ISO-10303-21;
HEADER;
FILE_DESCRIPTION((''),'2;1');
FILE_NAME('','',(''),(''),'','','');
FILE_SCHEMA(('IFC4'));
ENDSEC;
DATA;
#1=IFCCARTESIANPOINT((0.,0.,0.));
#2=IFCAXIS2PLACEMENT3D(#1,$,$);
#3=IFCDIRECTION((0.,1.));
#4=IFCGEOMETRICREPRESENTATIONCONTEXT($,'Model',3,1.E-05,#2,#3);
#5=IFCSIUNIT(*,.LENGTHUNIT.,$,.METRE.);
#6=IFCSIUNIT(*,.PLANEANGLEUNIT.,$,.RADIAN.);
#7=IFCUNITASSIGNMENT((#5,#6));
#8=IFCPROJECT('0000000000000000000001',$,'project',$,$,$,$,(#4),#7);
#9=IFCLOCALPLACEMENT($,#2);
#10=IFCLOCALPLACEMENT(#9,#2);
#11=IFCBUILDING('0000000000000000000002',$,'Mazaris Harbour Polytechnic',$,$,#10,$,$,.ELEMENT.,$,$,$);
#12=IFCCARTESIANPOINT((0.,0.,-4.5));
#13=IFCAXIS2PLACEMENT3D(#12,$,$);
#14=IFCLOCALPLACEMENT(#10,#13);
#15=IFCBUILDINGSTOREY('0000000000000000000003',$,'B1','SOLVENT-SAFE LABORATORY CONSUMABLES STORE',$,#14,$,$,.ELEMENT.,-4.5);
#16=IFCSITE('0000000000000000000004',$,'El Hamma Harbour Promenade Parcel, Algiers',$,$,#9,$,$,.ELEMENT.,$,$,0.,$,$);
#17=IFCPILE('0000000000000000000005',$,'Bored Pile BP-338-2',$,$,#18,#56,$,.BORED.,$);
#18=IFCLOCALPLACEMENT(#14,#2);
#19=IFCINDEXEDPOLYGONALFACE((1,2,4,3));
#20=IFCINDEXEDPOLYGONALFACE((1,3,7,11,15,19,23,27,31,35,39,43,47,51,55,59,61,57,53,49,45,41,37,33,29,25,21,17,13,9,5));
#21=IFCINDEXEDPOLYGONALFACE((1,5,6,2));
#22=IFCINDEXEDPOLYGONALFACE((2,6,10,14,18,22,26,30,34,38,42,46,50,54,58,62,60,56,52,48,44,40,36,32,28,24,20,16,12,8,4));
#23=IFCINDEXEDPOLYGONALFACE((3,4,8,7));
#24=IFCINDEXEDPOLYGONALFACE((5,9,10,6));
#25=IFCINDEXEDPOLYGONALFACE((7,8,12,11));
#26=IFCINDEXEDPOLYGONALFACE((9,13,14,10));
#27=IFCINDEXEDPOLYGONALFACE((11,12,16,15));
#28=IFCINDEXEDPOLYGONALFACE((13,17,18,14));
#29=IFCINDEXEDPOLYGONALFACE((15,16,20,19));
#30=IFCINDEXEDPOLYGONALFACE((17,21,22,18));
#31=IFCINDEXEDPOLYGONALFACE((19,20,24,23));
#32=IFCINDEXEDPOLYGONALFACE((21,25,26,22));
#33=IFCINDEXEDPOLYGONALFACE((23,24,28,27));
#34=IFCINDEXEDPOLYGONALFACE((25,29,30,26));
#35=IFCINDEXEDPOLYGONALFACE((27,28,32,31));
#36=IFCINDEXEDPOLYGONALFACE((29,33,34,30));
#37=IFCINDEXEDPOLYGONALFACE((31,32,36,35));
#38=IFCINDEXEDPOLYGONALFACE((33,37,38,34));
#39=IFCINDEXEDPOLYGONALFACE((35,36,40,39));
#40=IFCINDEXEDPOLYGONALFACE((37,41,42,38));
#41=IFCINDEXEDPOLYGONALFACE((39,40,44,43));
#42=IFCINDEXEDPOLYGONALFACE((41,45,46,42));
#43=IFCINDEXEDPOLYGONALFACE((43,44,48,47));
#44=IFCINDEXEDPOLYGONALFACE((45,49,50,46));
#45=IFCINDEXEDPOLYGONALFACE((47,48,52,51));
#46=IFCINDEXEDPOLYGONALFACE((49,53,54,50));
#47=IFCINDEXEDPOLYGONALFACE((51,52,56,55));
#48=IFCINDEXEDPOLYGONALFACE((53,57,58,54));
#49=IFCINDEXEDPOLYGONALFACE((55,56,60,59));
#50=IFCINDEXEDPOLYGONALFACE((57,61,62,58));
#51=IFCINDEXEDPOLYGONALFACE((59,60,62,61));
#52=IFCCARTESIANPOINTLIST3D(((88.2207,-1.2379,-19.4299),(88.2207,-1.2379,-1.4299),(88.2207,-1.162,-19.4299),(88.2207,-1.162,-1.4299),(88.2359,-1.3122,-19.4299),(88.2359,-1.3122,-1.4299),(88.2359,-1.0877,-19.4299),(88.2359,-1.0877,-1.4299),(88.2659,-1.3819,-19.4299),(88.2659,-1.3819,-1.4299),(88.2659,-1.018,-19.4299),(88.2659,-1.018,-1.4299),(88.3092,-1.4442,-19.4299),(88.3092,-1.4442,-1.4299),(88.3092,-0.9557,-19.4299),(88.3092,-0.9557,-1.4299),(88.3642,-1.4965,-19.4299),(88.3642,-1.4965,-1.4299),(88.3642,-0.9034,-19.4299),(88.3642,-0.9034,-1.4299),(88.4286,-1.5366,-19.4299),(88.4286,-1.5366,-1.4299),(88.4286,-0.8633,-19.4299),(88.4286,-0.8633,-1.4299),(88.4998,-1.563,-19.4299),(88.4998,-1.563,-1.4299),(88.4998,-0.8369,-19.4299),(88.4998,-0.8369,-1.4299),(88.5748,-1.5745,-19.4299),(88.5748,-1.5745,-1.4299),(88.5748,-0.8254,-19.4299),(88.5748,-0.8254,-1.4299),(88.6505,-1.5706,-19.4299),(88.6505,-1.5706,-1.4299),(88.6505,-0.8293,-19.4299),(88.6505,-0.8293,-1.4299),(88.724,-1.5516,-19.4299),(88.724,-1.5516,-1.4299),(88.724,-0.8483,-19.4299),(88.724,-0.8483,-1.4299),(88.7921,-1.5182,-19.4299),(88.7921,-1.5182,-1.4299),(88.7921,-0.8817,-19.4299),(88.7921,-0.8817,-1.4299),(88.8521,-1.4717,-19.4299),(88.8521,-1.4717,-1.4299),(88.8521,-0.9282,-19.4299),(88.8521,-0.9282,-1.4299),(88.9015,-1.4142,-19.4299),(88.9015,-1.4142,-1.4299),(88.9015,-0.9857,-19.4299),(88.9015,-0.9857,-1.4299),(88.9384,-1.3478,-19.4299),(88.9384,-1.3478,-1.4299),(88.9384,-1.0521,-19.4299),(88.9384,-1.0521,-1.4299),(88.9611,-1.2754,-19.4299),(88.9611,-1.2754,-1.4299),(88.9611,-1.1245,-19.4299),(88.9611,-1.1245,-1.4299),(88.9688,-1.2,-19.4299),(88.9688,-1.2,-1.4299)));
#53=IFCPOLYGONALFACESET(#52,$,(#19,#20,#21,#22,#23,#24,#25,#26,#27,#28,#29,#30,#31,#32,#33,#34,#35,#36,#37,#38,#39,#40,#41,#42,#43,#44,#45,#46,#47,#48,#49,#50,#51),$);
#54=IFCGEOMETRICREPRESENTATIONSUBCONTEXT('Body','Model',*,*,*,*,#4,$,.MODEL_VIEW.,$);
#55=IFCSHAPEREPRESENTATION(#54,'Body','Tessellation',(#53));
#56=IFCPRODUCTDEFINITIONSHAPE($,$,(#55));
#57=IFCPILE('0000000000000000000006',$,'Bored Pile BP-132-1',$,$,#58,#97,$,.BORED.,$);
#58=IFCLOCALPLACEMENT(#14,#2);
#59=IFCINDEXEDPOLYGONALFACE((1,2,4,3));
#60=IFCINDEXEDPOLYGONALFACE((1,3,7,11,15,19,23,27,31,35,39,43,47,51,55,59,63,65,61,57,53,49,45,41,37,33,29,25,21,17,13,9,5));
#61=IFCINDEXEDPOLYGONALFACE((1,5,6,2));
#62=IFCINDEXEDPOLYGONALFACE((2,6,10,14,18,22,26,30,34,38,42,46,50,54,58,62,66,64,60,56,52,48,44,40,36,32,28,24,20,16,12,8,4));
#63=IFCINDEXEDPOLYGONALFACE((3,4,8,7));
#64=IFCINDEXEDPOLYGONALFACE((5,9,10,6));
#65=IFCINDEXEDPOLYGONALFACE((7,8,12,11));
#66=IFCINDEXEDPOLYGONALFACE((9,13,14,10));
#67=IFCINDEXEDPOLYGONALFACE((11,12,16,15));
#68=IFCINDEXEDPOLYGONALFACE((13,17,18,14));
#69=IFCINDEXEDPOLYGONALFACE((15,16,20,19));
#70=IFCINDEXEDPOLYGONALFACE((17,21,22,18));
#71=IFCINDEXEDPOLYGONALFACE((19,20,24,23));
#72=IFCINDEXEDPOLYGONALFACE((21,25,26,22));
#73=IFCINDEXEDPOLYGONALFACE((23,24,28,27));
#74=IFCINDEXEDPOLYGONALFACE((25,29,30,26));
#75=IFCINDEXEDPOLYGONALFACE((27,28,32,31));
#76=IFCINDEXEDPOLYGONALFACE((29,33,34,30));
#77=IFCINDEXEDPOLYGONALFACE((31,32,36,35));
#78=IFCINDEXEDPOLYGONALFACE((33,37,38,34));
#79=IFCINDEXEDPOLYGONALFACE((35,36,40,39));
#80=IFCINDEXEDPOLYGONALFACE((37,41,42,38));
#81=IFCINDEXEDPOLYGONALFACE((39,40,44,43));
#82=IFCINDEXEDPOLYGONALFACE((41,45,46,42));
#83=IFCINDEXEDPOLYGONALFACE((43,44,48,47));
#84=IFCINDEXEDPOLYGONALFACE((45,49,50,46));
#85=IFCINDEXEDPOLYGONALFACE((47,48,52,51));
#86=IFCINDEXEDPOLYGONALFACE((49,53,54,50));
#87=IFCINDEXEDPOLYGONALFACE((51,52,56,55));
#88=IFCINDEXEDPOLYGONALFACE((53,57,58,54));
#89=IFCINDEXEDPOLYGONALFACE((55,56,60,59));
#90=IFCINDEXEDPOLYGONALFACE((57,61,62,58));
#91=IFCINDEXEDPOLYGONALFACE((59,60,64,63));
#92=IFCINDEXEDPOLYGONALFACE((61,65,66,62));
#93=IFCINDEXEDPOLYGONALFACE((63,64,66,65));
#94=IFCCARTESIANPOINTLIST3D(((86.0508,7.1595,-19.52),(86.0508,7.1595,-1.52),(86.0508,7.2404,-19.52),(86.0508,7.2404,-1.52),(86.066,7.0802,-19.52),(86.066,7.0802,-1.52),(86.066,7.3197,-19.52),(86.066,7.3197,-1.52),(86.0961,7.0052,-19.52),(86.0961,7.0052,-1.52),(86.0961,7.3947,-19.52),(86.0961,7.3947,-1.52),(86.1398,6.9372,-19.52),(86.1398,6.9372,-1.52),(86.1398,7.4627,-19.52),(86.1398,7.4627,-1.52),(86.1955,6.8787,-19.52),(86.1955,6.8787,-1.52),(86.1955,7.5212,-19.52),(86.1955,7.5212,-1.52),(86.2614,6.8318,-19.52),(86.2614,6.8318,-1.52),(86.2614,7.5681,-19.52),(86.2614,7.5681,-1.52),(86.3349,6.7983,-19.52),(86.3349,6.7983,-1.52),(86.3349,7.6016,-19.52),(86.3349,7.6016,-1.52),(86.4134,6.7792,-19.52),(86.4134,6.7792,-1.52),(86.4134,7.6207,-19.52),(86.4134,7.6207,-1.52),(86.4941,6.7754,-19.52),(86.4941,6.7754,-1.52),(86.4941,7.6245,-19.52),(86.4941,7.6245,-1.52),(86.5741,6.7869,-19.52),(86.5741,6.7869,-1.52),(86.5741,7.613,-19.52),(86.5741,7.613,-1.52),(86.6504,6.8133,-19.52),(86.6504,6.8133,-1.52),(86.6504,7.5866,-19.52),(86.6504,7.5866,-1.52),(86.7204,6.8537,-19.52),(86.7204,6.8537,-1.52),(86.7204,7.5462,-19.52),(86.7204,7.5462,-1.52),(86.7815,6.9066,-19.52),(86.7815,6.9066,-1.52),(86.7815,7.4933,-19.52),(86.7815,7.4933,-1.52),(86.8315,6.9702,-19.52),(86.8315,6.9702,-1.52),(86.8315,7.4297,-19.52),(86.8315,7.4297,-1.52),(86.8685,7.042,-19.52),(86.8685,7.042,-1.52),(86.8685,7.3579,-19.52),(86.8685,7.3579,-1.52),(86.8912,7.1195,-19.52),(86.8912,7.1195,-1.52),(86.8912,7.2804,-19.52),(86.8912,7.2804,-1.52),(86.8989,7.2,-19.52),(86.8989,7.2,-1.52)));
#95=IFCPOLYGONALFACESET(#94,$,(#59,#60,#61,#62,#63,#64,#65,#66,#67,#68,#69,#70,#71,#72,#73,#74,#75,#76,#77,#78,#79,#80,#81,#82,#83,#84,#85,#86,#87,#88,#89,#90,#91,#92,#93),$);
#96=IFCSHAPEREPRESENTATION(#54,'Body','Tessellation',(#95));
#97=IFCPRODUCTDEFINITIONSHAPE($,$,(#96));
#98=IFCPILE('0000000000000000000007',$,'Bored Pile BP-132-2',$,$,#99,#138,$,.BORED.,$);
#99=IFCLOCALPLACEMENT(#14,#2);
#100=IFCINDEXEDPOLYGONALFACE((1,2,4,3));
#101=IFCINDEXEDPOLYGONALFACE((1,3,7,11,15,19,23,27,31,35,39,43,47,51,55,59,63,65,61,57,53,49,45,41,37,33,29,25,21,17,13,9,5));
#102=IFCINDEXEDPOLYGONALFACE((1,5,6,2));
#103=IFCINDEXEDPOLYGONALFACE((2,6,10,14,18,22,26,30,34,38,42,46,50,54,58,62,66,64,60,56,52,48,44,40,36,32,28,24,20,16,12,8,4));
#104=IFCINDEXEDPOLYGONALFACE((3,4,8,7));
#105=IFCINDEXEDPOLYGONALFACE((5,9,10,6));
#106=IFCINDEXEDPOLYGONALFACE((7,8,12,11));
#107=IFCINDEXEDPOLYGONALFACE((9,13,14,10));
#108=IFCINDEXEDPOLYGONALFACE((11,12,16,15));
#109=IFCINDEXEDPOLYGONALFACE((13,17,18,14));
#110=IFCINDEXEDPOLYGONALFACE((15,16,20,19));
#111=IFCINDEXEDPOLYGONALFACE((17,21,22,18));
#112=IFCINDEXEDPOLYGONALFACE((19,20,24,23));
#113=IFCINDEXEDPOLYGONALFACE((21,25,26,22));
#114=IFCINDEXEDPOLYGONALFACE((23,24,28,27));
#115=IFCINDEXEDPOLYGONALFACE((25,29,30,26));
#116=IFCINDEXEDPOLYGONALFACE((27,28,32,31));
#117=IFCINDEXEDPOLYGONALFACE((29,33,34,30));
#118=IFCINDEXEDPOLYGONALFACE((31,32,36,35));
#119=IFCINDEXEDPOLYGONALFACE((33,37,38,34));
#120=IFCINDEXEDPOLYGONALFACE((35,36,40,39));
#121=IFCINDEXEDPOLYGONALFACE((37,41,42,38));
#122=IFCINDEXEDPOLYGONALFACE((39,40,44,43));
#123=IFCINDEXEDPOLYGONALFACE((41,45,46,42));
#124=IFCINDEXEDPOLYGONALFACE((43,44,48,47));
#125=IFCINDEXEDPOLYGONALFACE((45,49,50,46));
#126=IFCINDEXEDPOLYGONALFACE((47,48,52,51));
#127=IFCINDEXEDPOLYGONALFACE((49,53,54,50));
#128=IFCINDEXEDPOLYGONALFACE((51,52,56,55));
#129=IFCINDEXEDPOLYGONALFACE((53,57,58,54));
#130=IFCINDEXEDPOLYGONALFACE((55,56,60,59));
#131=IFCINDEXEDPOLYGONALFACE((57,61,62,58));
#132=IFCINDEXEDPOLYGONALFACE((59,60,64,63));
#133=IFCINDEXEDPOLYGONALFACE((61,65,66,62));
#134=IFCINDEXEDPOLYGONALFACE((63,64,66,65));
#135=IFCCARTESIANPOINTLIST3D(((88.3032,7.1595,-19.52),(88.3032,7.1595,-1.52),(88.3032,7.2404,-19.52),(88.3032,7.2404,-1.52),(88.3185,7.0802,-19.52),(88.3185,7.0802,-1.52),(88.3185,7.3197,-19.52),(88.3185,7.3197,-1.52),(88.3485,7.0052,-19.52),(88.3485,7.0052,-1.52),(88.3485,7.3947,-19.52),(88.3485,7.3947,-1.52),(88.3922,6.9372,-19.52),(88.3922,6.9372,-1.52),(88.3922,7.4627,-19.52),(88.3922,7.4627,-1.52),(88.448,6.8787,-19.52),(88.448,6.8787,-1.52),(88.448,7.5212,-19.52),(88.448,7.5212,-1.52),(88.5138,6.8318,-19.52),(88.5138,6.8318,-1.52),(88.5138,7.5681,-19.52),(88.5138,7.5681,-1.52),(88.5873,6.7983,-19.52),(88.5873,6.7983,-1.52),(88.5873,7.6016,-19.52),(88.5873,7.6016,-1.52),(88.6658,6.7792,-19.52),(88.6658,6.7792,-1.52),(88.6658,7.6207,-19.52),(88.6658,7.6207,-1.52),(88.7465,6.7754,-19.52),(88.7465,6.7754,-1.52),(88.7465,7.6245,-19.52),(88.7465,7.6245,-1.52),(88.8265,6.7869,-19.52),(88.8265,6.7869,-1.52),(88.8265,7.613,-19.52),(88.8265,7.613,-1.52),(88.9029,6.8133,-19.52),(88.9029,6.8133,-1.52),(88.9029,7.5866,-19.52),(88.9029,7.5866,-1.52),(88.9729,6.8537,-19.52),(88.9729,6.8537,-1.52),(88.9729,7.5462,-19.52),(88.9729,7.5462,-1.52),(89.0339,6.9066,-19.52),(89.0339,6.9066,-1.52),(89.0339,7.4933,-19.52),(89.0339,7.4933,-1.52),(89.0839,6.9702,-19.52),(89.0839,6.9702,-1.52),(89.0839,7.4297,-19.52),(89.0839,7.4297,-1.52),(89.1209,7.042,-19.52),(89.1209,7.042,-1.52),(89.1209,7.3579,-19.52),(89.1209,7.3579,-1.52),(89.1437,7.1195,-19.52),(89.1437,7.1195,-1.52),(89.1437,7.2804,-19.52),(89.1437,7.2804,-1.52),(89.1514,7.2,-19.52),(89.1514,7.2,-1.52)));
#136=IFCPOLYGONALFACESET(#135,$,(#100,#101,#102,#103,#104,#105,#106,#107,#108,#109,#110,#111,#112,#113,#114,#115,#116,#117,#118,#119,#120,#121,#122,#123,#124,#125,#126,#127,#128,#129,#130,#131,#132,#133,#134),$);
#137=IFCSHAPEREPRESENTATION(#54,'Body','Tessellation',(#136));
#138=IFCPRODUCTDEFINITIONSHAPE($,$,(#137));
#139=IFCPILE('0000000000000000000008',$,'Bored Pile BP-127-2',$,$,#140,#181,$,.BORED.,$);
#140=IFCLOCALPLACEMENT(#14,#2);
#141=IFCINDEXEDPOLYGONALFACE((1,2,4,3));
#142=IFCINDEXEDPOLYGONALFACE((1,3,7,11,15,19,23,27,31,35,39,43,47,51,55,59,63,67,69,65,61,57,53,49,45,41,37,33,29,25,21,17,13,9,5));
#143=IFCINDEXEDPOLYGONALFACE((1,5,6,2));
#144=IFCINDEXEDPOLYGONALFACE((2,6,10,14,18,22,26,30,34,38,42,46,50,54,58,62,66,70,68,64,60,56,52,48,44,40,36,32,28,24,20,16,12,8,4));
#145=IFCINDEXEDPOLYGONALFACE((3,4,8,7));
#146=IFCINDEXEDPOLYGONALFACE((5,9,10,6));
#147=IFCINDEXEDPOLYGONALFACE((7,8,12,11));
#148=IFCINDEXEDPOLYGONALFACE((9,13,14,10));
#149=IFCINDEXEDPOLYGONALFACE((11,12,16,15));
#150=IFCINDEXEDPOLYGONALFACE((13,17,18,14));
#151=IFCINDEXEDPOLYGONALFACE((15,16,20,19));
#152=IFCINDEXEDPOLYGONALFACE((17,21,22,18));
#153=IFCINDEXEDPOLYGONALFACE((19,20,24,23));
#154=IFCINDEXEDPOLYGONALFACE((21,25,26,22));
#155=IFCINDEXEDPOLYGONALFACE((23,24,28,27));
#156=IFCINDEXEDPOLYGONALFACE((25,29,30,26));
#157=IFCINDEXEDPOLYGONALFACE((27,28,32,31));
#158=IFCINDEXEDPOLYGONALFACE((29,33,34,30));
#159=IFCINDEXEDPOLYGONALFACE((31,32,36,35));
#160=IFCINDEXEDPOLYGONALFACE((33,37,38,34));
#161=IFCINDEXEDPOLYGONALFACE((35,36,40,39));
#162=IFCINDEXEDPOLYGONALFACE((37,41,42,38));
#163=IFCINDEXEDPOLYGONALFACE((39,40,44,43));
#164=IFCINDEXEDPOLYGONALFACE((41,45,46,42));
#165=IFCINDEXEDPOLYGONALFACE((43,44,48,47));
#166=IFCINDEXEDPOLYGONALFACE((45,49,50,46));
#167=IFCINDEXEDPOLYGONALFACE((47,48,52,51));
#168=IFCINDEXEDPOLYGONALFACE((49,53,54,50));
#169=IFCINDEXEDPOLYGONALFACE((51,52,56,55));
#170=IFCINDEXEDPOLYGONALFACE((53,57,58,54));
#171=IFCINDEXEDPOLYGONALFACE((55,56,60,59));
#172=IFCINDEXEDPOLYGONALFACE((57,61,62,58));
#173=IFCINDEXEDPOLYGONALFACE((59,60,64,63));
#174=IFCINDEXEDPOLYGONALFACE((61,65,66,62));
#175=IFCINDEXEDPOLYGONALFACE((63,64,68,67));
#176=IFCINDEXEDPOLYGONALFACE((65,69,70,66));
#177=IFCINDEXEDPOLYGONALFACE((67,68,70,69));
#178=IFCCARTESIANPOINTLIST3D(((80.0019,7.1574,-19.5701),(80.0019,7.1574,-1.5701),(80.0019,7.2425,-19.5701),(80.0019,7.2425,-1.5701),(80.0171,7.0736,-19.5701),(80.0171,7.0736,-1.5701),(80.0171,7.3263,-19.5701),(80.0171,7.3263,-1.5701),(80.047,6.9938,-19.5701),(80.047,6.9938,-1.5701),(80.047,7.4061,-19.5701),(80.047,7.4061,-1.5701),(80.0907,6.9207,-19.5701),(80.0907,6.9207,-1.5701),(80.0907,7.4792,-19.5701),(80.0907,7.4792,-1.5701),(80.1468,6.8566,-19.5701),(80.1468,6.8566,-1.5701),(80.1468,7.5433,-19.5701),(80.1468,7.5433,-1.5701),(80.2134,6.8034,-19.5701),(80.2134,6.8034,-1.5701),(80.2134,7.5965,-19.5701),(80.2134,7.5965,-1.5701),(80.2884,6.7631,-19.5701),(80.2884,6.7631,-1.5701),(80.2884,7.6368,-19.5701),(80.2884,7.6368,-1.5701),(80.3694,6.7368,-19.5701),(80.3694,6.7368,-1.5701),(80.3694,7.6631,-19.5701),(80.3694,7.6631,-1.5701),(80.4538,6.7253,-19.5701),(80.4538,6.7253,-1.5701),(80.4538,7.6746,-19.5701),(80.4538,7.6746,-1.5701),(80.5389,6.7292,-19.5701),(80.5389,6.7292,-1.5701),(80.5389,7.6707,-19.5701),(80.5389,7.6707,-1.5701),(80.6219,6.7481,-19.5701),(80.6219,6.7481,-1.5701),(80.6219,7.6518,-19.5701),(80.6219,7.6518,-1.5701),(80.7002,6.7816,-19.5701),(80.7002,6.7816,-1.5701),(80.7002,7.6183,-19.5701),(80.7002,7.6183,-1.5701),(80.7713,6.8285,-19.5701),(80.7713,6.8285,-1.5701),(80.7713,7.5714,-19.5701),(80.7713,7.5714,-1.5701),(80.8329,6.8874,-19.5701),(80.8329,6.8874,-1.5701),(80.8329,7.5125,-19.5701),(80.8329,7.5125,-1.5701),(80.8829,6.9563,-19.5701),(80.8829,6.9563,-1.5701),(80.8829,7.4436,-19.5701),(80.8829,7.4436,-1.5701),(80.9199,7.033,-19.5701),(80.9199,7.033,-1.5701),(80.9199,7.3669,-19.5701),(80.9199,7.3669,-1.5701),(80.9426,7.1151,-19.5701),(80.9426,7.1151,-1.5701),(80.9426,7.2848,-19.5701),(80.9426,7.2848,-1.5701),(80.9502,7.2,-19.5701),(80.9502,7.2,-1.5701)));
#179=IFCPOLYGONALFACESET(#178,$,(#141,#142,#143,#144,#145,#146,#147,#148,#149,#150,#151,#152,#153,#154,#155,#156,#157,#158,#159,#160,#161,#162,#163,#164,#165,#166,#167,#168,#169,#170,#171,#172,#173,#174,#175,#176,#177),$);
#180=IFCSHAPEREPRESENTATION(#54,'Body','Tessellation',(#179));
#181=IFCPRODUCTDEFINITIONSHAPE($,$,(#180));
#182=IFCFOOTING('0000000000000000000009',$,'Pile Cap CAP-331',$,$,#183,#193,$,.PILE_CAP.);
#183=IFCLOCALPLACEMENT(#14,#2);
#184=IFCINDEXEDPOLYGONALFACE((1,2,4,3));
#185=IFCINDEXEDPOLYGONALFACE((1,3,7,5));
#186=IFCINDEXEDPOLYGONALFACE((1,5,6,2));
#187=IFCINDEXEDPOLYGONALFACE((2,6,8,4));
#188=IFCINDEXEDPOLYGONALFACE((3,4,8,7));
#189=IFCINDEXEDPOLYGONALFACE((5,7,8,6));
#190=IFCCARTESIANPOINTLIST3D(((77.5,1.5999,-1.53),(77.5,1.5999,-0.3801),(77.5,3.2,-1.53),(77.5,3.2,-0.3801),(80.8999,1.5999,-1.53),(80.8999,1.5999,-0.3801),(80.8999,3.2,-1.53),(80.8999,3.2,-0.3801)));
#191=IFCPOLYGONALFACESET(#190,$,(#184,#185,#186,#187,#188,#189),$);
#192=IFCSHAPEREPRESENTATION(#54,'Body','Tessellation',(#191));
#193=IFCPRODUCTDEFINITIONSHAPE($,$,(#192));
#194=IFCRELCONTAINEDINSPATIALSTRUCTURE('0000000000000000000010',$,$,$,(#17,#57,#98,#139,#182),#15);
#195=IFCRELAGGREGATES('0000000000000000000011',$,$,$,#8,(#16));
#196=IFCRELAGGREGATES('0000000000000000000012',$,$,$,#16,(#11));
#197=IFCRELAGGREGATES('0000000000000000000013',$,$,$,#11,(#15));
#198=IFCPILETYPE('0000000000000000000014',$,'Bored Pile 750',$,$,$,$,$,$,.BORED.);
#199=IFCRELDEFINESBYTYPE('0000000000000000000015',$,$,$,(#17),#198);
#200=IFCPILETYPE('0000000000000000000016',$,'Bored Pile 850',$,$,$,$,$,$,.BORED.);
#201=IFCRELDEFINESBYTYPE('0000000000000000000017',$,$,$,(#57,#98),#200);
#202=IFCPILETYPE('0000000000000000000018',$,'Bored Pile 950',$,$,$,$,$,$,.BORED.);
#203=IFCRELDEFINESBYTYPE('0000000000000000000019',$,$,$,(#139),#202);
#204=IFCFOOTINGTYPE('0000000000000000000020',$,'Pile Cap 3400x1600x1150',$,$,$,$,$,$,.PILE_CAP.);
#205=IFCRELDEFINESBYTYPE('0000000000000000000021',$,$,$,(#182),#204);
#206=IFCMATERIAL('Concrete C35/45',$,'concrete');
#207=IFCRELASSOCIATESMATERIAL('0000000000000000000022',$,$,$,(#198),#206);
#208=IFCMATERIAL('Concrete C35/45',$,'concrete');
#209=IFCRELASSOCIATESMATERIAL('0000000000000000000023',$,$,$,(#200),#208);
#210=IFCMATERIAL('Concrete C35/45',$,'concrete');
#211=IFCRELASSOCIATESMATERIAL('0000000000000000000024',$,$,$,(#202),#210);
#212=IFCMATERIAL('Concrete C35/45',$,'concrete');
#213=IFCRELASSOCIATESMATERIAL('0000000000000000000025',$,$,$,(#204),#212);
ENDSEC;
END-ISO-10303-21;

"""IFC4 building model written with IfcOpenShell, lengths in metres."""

from ifc_helpers import new_model, si_unit, direction, frame, origin, origin_2d, place, context, subcontext, project, spatial, rectangle, circle, extrude, material, material_profile, profile_set, type_object, element, save


model = new_model("IFC4")

# Units and contexts
model_context = context("Model", 3, precision=1e-05, world=origin(), true_north=direction((0.0, 1.0)))
body_context = subcontext(model_context, "Body", "Model", "MODEL_VIEW")
ifc_project = project(units=[si_unit("LENGTHUNIT", "METRE"), si_unit("PLANEANGLEUNIT", "RADIAN")], contexts=[model_context])

# Site, building, storey
site_placement = place(None, origin())
site = spatial("IfcSite", under=ifc_project, at=site_placement, Name="El Hamma Harbour Promenade Parcel, Algiers", CompositionType="ELEMENT", RefElevation=0.0)
building_placement = place(site_placement, origin())
building = spatial("IfcBuilding", under=site, at=building_placement, Name="Mazaris Harbour Polytechnic", CompositionType="ELEMENT")
storey_placement = place(building_placement, frame((0.0, 0.0, -4.5)))
storey = spatial("IfcBuildingStorey", under=building, at=storey_placement, Name="B1", Description="SOLVENT-SAFE LABORATORY CONSUMABLES STORE", CompositionType="ELEMENT", Elevation=-4.5)

# Piles
ifc_material_1 = material(Name="Concrete C35/45", Category="concrete")
ifc_material_profile_1 = material_profile(ifc_material_1, circle(Radius=0.375, at=origin_2d()), Name="DIA750")
ifc_profile_set_1 = profile_set([ifc_material_profile_1], Name="Concrete C35/45")
pile_type_1 = type_object("IfcPileType", Name="Bored Pile 750", PredefinedType="BORED", material=ifc_profile_set_1)
for number, where, z_axis, x_axis, name in (
    (1, (88.5938, -1.2, -1.4299), (0.0, 0.0, -1.0), (1.0, 0.0, 0.0), "Bored Pile BP-338-2"),
):
    element("IfcPile", number, at=place(storey_placement, frame(where, z_axis=z_axis, x_axis=x_axis)), inside=storey, type_object=pile_type_1, Name=name, PredefinedType="BORED", context=body_context, shape_type="SweptSolid", body=[
        extrude(circle(Radius=0.375, at=origin_2d()), origin(), (0.0, 0.0, 1.0), 18.0),
    ])
ifc_material_2 = material(Name="Concrete C35/45", Category="concrete")
ifc_material_profile_2 = material_profile(ifc_material_2, circle(Radius=0.425, at=origin_2d()), Name="DIA850")
ifc_profile_set_2 = profile_set([ifc_material_profile_2], Name="Concrete C35/45")
pile_type_2 = type_object("IfcPileType", Name="Bored Pile 850", PredefinedType="BORED", material=ifc_profile_set_2)
for number, where, z_axis, x_axis, name in (
    (2, (86.4739, 7.2, -1.52), (0.0, 0.0, -1.0), (1.0, 0.0, 0.0), "Bored Pile BP-132-1"),
    (3, (88.7263, 7.2, -1.52), (0.0, 0.0, -1.0), (1.0, 0.0, 0.0), "Bored Pile BP-132-2"),
):
    element("IfcPile", number, at=place(storey_placement, frame(where, z_axis=z_axis, x_axis=x_axis)), inside=storey, type_object=pile_type_2, Name=name, PredefinedType="BORED", context=body_context, shape_type="SweptSolid", body=[
        extrude(circle(Radius=0.425, at=origin_2d()), origin(), (0.0, 0.0, 1.0), 18.0),
    ])
ifc_material_3 = material(Name="Concrete C35/45", Category="concrete")
ifc_material_profile_3 = material_profile(ifc_material_3, circle(Radius=0.4751, at=origin_2d()), Name="DIA950")
ifc_profile_set_3 = profile_set([ifc_material_profile_3], Name="Concrete C35/45")
pile_type_3 = type_object("IfcPileType", Name="Bored Pile 950", PredefinedType="BORED", material=ifc_profile_set_3)
pile_placement = place(storey_placement, frame((80.4751, 7.2, -1.5701), z_axis=(0.0, 0.0, -1.0), x_axis=(1.0, 0.0, 0.0)))
element("IfcPile", 4, at=pile_placement, inside=storey, type_object=pile_type_3, Name="Bored Pile BP-127-2", PredefinedType="BORED", context=body_context, shape_type="SweptSolid", body=[
    extrude(circle(Radius=0.4751, at=origin_2d()), origin(), (0.0, 0.0, 1.0), 18.0),
])

# Footing
ifc_material_4 = material(Name="Concrete C35/45", Category="concrete")
footing_type_1 = type_object("IfcFootingType", Name="Pile Cap 3400x1600x1150", PredefinedType="PILE_CAP", material=ifc_material_4)
for number, where, z_axis, x_axis, name in (
    (5, (79.2, 2.3999, -1.53), (0.0, 0.0, 1.0), (1.0, 0.0, 0.0), "Pile Cap CAP-331"),
):
    element("IfcFooting", number, at=place(storey_placement, frame(where, z_axis=z_axis, x_axis=x_axis)), inside=storey, type_object=footing_type_1, Name=name, PredefinedType="PILE_CAP", context=body_context, shape_type="SweptSolid", body=[
        extrude(rectangle(XDim=3.3999, YDim=1.6001, at=origin_2d()), origin(), (0.0, 0.0, 1.0), 1.1499),
    ])

save(model, "model.ifc")
